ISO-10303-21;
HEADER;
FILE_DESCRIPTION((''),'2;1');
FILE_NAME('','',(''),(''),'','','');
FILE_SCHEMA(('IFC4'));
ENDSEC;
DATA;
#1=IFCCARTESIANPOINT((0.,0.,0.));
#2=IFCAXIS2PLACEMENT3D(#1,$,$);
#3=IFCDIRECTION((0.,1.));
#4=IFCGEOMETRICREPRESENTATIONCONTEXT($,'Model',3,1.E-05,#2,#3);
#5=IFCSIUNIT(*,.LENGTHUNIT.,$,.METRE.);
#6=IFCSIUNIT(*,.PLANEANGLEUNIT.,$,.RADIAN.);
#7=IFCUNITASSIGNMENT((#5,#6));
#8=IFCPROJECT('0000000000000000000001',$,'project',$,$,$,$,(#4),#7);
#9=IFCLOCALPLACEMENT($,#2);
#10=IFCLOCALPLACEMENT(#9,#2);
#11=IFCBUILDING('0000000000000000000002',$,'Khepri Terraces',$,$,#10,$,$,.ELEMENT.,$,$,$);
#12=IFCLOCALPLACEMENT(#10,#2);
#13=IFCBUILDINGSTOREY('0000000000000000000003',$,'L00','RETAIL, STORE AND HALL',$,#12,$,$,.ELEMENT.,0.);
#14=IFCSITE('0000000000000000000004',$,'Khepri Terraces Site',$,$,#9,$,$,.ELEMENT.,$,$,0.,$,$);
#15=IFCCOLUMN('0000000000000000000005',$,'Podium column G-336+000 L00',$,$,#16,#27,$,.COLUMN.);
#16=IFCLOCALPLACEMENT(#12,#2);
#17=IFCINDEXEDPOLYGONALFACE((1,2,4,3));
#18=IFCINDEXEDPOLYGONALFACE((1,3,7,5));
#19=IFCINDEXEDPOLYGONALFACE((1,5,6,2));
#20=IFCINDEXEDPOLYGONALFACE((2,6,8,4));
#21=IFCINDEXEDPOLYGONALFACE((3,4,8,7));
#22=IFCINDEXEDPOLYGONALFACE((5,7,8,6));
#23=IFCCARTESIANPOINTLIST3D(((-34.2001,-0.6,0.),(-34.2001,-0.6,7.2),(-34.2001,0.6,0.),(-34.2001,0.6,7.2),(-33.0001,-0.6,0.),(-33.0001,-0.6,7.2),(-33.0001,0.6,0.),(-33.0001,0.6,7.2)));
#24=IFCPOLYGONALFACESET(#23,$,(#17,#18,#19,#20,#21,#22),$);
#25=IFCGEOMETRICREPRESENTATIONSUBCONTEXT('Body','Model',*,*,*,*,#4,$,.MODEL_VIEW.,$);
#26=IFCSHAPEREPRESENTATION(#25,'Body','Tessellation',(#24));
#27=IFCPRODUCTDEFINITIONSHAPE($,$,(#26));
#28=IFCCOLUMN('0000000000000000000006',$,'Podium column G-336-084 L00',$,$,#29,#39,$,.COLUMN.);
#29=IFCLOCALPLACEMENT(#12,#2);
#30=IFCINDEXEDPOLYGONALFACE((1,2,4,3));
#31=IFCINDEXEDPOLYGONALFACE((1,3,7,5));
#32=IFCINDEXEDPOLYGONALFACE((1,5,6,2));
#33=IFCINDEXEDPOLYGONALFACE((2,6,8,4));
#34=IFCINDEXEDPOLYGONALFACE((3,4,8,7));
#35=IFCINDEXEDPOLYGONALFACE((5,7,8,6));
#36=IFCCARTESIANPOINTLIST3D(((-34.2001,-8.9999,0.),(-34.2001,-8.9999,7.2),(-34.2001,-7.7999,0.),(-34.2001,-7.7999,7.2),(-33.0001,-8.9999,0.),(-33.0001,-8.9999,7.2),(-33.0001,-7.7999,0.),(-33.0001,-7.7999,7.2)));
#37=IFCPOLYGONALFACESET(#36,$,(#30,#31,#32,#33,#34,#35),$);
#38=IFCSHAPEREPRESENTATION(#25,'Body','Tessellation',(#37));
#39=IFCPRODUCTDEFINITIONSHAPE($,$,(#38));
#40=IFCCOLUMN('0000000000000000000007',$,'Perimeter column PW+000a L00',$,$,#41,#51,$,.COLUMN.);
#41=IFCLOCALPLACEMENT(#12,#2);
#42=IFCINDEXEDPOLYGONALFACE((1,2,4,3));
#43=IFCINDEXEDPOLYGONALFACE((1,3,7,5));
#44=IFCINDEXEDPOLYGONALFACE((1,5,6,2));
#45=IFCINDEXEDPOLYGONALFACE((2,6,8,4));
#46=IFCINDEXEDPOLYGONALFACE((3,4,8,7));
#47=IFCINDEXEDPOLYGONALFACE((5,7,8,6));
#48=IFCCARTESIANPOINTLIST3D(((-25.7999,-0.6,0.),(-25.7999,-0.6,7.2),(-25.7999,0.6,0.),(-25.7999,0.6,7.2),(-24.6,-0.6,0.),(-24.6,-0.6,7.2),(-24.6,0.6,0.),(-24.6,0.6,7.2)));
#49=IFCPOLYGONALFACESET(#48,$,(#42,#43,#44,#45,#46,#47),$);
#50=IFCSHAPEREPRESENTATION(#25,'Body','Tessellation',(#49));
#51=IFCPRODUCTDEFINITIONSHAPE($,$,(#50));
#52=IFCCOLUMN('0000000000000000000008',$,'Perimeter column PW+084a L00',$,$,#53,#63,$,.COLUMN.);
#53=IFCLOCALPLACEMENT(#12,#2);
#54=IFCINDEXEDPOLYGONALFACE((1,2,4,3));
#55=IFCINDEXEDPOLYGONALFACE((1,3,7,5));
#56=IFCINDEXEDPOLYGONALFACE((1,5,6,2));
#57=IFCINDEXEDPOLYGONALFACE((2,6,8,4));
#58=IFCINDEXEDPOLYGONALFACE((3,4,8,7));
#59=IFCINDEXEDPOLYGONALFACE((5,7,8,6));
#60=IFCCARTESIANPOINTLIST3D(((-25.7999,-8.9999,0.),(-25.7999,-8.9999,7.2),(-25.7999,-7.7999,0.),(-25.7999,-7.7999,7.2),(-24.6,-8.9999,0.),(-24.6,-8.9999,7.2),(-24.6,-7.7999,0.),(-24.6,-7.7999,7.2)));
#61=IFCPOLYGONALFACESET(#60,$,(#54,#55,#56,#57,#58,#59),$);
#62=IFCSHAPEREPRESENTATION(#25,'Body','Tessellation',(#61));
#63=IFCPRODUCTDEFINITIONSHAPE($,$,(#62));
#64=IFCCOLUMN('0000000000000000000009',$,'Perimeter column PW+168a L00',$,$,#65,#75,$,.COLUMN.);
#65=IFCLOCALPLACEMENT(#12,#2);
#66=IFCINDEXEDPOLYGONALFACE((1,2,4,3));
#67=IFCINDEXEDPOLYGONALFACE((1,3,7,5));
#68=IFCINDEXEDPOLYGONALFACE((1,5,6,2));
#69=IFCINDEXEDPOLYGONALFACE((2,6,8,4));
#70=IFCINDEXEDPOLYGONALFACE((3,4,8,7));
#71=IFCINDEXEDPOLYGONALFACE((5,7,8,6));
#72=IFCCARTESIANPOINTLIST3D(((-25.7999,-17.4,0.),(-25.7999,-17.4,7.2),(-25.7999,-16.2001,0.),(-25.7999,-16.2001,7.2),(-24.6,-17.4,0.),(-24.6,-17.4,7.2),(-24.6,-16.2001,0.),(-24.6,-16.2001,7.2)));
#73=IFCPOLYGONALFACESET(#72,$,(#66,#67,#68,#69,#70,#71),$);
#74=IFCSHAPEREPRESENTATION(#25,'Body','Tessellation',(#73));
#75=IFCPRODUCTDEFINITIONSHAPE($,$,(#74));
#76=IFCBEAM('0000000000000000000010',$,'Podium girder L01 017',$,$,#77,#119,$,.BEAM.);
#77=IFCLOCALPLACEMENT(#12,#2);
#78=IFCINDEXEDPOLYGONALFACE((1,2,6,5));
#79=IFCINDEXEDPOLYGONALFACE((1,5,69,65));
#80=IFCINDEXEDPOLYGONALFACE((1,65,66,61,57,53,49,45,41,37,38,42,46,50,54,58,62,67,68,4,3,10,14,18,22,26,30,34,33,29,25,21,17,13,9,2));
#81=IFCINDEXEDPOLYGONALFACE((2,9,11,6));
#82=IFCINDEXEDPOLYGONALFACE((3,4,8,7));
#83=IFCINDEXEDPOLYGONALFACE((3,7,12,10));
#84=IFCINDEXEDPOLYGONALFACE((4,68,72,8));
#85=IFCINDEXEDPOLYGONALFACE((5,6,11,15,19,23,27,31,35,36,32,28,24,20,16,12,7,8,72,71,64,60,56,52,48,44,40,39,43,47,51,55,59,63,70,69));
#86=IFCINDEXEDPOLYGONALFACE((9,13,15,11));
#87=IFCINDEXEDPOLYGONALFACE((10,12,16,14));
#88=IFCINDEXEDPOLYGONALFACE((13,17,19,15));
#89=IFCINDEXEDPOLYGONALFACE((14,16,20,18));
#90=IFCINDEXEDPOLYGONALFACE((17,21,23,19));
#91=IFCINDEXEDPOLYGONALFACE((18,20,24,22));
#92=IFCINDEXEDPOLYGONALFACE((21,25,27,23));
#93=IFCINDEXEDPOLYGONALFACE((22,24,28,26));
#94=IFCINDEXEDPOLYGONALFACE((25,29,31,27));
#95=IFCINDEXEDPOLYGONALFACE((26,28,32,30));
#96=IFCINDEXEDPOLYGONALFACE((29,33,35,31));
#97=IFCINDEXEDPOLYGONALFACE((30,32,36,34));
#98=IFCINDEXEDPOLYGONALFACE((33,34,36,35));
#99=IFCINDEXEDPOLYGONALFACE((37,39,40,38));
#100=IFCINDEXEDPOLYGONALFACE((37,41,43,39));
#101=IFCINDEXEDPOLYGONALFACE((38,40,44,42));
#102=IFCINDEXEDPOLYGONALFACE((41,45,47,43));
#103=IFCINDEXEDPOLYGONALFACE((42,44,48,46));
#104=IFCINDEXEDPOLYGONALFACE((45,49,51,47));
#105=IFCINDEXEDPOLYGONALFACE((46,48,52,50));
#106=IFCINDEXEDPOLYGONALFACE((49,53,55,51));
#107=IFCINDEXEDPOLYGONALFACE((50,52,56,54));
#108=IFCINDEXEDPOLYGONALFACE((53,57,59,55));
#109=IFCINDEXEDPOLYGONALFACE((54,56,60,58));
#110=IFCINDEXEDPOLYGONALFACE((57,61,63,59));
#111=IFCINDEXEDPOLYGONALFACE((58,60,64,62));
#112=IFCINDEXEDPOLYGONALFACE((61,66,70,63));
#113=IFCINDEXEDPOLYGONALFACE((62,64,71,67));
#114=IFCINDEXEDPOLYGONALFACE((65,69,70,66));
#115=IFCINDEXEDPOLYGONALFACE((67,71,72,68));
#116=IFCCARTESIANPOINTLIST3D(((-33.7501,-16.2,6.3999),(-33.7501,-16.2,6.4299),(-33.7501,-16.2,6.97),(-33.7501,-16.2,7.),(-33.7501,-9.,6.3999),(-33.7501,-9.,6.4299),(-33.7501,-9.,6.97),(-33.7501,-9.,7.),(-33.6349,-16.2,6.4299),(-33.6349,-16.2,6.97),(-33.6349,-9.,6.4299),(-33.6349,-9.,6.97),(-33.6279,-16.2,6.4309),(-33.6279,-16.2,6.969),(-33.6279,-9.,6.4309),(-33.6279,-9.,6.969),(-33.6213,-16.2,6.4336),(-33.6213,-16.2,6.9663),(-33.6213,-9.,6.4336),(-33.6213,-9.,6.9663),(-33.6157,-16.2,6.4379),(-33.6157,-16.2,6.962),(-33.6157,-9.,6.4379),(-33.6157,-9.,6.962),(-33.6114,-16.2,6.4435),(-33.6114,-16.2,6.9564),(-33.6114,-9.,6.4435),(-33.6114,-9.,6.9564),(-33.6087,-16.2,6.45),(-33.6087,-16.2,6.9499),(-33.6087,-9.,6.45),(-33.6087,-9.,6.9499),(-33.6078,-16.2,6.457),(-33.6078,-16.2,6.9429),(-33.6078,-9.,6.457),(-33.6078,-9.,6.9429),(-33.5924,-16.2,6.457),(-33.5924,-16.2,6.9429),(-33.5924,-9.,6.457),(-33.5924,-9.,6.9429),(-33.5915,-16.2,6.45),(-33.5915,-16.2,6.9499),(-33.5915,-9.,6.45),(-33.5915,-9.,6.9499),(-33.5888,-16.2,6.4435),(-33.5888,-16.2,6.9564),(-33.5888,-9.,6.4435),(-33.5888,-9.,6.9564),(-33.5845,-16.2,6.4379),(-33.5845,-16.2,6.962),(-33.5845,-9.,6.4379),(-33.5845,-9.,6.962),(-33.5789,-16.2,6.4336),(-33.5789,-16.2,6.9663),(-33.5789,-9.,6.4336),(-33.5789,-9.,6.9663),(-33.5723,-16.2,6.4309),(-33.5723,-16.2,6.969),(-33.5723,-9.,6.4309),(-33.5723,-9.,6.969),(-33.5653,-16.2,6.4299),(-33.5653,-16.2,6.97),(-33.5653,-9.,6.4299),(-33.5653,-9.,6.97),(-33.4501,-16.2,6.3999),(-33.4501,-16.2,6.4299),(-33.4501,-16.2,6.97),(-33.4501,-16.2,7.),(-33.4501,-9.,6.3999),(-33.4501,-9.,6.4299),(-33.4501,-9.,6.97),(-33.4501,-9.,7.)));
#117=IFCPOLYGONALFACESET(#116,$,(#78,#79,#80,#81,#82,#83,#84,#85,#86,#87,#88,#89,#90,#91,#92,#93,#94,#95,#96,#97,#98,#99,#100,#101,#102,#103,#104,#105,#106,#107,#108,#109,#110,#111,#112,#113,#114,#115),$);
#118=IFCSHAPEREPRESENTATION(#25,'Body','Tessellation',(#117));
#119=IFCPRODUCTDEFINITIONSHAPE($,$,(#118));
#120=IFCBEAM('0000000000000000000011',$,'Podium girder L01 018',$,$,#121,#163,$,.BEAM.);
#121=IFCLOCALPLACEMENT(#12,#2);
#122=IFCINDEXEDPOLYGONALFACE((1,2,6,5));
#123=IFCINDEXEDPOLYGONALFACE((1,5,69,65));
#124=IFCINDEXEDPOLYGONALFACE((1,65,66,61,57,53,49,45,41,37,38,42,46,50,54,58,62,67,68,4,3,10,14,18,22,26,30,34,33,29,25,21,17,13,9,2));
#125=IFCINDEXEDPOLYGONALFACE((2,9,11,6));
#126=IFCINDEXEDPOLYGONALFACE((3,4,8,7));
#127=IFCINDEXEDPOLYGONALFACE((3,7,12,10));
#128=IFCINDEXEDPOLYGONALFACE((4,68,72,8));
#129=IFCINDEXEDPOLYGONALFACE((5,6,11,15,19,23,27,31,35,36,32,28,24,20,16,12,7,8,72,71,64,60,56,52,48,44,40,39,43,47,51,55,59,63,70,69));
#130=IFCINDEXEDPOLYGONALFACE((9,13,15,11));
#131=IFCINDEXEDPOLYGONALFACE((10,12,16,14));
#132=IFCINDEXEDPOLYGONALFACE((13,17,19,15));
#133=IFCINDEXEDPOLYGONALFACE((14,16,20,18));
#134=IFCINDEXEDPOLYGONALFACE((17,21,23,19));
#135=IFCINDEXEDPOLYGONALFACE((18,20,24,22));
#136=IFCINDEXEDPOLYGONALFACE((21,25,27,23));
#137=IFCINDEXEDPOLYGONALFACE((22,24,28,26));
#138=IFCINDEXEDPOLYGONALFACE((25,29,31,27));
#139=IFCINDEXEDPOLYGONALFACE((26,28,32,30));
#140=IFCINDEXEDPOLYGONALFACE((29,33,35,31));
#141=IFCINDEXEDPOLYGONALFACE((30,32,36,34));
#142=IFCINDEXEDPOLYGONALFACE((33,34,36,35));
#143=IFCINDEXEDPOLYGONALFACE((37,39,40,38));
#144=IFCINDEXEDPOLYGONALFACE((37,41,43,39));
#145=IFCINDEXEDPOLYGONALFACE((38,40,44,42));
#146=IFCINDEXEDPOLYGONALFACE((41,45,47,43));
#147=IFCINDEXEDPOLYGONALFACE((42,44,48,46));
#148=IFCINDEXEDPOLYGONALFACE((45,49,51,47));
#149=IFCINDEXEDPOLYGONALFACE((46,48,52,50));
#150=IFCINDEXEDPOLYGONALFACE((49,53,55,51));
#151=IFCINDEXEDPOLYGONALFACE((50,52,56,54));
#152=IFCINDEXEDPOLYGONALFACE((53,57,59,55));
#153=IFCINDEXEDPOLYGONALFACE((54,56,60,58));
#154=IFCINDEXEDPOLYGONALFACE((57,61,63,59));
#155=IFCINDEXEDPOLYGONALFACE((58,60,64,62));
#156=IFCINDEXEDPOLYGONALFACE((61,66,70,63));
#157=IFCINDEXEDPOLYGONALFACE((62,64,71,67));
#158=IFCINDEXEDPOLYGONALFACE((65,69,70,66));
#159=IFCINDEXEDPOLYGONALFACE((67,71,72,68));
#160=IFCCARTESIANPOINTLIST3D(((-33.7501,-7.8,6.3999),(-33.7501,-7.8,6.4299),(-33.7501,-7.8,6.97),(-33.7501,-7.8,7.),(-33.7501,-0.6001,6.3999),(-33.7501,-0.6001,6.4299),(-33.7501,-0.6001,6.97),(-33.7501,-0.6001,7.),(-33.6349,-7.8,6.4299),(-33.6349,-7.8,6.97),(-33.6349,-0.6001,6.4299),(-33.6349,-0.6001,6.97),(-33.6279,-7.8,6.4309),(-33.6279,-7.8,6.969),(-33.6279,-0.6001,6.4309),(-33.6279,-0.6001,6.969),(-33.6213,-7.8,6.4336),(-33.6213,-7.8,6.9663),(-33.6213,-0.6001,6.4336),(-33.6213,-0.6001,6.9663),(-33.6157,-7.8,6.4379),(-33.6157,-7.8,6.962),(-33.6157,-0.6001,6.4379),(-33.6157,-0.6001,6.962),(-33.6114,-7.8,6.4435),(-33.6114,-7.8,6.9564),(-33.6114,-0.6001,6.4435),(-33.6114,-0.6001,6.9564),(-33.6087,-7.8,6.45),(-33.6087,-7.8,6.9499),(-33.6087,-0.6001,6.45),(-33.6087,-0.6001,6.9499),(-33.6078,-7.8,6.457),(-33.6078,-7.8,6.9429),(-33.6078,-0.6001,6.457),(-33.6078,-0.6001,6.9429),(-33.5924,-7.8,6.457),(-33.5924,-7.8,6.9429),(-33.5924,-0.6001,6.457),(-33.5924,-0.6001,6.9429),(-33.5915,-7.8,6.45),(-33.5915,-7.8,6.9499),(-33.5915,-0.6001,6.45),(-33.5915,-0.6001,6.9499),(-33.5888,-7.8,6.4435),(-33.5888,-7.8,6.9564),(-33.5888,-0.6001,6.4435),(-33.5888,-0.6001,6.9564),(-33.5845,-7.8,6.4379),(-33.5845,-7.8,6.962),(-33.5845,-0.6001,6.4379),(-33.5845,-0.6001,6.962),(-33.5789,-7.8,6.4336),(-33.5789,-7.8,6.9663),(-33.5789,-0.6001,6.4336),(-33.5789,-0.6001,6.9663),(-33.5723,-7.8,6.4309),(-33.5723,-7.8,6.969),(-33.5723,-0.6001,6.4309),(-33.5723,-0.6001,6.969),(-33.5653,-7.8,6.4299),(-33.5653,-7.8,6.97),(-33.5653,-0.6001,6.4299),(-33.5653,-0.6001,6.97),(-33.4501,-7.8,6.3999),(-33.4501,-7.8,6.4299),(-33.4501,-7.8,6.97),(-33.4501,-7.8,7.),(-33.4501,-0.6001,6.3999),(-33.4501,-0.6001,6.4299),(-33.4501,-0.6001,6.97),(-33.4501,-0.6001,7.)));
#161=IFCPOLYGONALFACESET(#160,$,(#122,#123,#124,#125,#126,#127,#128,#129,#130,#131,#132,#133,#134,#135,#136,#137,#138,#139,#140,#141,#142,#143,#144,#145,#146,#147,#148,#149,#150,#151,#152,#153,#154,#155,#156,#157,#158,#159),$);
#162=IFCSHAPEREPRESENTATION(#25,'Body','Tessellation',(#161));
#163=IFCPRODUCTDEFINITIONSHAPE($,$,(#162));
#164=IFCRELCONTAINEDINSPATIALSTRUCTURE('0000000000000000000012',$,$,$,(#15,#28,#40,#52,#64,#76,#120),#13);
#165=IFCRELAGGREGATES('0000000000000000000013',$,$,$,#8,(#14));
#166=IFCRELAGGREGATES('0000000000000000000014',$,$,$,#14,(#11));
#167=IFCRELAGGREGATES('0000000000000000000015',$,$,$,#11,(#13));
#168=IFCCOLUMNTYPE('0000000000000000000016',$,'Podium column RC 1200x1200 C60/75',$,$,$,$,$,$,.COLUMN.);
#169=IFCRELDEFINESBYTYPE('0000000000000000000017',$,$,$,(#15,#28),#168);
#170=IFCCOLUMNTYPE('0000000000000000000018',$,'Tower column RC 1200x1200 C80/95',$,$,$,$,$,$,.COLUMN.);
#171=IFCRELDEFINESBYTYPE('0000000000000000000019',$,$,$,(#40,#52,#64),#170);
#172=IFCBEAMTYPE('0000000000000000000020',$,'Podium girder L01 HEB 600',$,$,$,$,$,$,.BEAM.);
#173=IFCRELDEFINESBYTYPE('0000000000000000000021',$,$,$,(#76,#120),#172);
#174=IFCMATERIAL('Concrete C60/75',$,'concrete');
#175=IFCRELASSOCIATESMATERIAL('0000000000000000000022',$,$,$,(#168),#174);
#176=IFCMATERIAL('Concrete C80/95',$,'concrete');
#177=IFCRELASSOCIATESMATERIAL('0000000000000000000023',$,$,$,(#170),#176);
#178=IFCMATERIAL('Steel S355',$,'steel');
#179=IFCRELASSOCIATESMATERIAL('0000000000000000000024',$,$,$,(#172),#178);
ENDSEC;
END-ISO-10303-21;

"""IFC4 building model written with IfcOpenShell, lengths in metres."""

from ifc_helpers import new_model, si_unit, direction, frame, origin, origin_2d, place, context, subcontext, project, spatial, rectangle, i_section, extrude, material, material_profile, profile_set, type_object, element, save


model = new_model("IFC4")

# Units and contexts
model_context = context("Model", 3, precision=1e-05, world=origin(), true_north=direction((0.0, 1.0)))
body_context = subcontext(model_context, "Body", "Model", "MODEL_VIEW")
ifc_project = project(units=[si_unit("LENGTHUNIT", "METRE"), si_unit("PLANEANGLEUNIT", "RADIAN")], contexts=[model_context])

# Site, building, storey
site_placement = place(None, origin())
site = spatial("IfcSite", under=ifc_project, at=site_placement, Name="Khepri Terraces Site", CompositionType="ELEMENT", RefElevation=0.0)
building_placement = place(site_placement, origin())
building = spatial("IfcBuilding", under=site, at=building_placement, Name="Khepri Terraces", CompositionType="ELEMENT")
storey_placement = place(building_placement, origin())
storey = spatial("IfcBuildingStorey", under=building, at=storey_placement, Name="L00", Description="RETAIL, STORE AND HALL", CompositionType="ELEMENT", Elevation=0.0)

# Columns
ifc_material_1 = material(Name="Concrete C60/75", Category="concrete")
ifc_material_profile_1 = material_profile(ifc_material_1, rectangle(XDim=1.2, YDim=1.2, at=origin_2d()), Name="Concrete C60/75", Category="concrete")
ifc_profile_set_1 = profile_set([ifc_material_profile_1], Name="Concrete C60/75")
column_type_1 = type_object("IfcColumnType", Name="Podium column RC 1200x1200 C60/75", PredefinedType="COLUMN", material=ifc_profile_set_1)
for number, where, z_axis, x_axis, name in (
    (1, (-33.6001, 0.0, 0.0), (0.0, 0.0, 1.0), (1.0, 0.0, 0.0), "Podium column G-336+000 L00"),
    (2, (-33.6001, -8.3999, 0.0), (0.0, 0.0, 1.0), (1.0, 0.0, 0.0), "Podium column G-336-084 L00"),
):
    element("IfcColumn", number, at=place(storey_placement, frame(where, z_axis=z_axis, x_axis=x_axis)), inside=storey, type_object=column_type_1, Name=name, PredefinedType="COLUMN", context=body_context, shape_type="SweptSolid", body=[
        extrude(rectangle(XDim=1.2, YDim=1.2, at=origin_2d()), origin(), (0.0, 0.0, 1.0), 7.2),
    ])
ifc_material_2 = material(Name="Concrete C80/95", Category="concrete")
ifc_material_profile_2 = material_profile(ifc_material_2, rectangle(XDim=1.2, YDim=1.2, at=origin_2d()), Name="Concrete C80/95", Category="concrete")
ifc_profile_set_2 = profile_set([ifc_material_profile_2], Name="Concrete C80/95")
column_type_2 = type_object("IfcColumnType", Name="Tower column RC 1200x1200 C80/95", PredefinedType="COLUMN", material=ifc_profile_set_2)
for number, where, z_axis, x_axis, name in (
    (3, (-25.2, 0.0, 0.0), (0.0, 0.0, 1.0), (1.0, 0.0, 0.0), "Perimeter column PW+000a L00"),
    (4, (-25.2, -8.3999, 0.0), (0.0, 0.0, 1.0), (1.0, 0.0, 0.0), "Perimeter column PW+084a L00"),
    (5, (-25.2, -16.8, 0.0), (0.0, 0.0, 1.0), (1.0, 0.0, 0.0), "Perimeter column PW+168a L00"),
):
    element("IfcColumn", number, at=place(storey_placement, frame(where, z_axis=z_axis, x_axis=x_axis)), inside=storey, type_object=column_type_2, Name=name, PredefinedType="COLUMN", context=body_context, shape_type="SweptSolid", body=[
        extrude(rectangle(XDim=1.2, YDim=1.2, at=origin_2d()), origin(), (0.0, 0.0, 1.0), 7.2),
    ])

# Beams
ifc_material_3 = material(Name="Steel S355", Category="steel")
ifc_material_profile_3 = material_profile(ifc_material_3, i_section(OverallWidth=0.3, OverallDepth=0.6001, WebThickness=0.0154, FlangeThickness=0.03, FilletRadius=0.0271, at=origin_2d()), Name="Steel S355", Category="steel")
ifc_profile_set_3 = profile_set([ifc_material_profile_3], Name="Steel S355")
beam_type_1 = type_object("IfcBeamType", Name="Podium girder L01 HEB 600", PredefinedType="BEAM", material=ifc_profile_set_3)
for number, where, z_axis, x_axis, name in (
    (6, (-33.6001, -16.2, 6.7), (0.0, 1.0, 0.0), (-1.0, 0.0, 0.0), "Podium girder L01 017"),
    (7, (-33.6001, -7.8, 6.7), (0.0, 1.0, 0.0), (-1.0, 0.0, 0.0), "Podium girder L01 018"),
):
    element("IfcBeam", number, at=place(storey_placement, frame(where, z_axis=z_axis, x_axis=x_axis)), inside=storey, type_object=beam_type_1, Name=name, PredefinedType="BEAM", context=body_context, shape_type="SweptSolid", body=[
        extrude(i_section(OverallWidth=0.3, OverallDepth=0.6001, WebThickness=0.0154, FlangeThickness=0.03, FilletRadius=0.0271, at=origin_2d()), origin(), (0.0, 0.0, 1.0), 7.2),
    ])

save(model, "model.ifc")
